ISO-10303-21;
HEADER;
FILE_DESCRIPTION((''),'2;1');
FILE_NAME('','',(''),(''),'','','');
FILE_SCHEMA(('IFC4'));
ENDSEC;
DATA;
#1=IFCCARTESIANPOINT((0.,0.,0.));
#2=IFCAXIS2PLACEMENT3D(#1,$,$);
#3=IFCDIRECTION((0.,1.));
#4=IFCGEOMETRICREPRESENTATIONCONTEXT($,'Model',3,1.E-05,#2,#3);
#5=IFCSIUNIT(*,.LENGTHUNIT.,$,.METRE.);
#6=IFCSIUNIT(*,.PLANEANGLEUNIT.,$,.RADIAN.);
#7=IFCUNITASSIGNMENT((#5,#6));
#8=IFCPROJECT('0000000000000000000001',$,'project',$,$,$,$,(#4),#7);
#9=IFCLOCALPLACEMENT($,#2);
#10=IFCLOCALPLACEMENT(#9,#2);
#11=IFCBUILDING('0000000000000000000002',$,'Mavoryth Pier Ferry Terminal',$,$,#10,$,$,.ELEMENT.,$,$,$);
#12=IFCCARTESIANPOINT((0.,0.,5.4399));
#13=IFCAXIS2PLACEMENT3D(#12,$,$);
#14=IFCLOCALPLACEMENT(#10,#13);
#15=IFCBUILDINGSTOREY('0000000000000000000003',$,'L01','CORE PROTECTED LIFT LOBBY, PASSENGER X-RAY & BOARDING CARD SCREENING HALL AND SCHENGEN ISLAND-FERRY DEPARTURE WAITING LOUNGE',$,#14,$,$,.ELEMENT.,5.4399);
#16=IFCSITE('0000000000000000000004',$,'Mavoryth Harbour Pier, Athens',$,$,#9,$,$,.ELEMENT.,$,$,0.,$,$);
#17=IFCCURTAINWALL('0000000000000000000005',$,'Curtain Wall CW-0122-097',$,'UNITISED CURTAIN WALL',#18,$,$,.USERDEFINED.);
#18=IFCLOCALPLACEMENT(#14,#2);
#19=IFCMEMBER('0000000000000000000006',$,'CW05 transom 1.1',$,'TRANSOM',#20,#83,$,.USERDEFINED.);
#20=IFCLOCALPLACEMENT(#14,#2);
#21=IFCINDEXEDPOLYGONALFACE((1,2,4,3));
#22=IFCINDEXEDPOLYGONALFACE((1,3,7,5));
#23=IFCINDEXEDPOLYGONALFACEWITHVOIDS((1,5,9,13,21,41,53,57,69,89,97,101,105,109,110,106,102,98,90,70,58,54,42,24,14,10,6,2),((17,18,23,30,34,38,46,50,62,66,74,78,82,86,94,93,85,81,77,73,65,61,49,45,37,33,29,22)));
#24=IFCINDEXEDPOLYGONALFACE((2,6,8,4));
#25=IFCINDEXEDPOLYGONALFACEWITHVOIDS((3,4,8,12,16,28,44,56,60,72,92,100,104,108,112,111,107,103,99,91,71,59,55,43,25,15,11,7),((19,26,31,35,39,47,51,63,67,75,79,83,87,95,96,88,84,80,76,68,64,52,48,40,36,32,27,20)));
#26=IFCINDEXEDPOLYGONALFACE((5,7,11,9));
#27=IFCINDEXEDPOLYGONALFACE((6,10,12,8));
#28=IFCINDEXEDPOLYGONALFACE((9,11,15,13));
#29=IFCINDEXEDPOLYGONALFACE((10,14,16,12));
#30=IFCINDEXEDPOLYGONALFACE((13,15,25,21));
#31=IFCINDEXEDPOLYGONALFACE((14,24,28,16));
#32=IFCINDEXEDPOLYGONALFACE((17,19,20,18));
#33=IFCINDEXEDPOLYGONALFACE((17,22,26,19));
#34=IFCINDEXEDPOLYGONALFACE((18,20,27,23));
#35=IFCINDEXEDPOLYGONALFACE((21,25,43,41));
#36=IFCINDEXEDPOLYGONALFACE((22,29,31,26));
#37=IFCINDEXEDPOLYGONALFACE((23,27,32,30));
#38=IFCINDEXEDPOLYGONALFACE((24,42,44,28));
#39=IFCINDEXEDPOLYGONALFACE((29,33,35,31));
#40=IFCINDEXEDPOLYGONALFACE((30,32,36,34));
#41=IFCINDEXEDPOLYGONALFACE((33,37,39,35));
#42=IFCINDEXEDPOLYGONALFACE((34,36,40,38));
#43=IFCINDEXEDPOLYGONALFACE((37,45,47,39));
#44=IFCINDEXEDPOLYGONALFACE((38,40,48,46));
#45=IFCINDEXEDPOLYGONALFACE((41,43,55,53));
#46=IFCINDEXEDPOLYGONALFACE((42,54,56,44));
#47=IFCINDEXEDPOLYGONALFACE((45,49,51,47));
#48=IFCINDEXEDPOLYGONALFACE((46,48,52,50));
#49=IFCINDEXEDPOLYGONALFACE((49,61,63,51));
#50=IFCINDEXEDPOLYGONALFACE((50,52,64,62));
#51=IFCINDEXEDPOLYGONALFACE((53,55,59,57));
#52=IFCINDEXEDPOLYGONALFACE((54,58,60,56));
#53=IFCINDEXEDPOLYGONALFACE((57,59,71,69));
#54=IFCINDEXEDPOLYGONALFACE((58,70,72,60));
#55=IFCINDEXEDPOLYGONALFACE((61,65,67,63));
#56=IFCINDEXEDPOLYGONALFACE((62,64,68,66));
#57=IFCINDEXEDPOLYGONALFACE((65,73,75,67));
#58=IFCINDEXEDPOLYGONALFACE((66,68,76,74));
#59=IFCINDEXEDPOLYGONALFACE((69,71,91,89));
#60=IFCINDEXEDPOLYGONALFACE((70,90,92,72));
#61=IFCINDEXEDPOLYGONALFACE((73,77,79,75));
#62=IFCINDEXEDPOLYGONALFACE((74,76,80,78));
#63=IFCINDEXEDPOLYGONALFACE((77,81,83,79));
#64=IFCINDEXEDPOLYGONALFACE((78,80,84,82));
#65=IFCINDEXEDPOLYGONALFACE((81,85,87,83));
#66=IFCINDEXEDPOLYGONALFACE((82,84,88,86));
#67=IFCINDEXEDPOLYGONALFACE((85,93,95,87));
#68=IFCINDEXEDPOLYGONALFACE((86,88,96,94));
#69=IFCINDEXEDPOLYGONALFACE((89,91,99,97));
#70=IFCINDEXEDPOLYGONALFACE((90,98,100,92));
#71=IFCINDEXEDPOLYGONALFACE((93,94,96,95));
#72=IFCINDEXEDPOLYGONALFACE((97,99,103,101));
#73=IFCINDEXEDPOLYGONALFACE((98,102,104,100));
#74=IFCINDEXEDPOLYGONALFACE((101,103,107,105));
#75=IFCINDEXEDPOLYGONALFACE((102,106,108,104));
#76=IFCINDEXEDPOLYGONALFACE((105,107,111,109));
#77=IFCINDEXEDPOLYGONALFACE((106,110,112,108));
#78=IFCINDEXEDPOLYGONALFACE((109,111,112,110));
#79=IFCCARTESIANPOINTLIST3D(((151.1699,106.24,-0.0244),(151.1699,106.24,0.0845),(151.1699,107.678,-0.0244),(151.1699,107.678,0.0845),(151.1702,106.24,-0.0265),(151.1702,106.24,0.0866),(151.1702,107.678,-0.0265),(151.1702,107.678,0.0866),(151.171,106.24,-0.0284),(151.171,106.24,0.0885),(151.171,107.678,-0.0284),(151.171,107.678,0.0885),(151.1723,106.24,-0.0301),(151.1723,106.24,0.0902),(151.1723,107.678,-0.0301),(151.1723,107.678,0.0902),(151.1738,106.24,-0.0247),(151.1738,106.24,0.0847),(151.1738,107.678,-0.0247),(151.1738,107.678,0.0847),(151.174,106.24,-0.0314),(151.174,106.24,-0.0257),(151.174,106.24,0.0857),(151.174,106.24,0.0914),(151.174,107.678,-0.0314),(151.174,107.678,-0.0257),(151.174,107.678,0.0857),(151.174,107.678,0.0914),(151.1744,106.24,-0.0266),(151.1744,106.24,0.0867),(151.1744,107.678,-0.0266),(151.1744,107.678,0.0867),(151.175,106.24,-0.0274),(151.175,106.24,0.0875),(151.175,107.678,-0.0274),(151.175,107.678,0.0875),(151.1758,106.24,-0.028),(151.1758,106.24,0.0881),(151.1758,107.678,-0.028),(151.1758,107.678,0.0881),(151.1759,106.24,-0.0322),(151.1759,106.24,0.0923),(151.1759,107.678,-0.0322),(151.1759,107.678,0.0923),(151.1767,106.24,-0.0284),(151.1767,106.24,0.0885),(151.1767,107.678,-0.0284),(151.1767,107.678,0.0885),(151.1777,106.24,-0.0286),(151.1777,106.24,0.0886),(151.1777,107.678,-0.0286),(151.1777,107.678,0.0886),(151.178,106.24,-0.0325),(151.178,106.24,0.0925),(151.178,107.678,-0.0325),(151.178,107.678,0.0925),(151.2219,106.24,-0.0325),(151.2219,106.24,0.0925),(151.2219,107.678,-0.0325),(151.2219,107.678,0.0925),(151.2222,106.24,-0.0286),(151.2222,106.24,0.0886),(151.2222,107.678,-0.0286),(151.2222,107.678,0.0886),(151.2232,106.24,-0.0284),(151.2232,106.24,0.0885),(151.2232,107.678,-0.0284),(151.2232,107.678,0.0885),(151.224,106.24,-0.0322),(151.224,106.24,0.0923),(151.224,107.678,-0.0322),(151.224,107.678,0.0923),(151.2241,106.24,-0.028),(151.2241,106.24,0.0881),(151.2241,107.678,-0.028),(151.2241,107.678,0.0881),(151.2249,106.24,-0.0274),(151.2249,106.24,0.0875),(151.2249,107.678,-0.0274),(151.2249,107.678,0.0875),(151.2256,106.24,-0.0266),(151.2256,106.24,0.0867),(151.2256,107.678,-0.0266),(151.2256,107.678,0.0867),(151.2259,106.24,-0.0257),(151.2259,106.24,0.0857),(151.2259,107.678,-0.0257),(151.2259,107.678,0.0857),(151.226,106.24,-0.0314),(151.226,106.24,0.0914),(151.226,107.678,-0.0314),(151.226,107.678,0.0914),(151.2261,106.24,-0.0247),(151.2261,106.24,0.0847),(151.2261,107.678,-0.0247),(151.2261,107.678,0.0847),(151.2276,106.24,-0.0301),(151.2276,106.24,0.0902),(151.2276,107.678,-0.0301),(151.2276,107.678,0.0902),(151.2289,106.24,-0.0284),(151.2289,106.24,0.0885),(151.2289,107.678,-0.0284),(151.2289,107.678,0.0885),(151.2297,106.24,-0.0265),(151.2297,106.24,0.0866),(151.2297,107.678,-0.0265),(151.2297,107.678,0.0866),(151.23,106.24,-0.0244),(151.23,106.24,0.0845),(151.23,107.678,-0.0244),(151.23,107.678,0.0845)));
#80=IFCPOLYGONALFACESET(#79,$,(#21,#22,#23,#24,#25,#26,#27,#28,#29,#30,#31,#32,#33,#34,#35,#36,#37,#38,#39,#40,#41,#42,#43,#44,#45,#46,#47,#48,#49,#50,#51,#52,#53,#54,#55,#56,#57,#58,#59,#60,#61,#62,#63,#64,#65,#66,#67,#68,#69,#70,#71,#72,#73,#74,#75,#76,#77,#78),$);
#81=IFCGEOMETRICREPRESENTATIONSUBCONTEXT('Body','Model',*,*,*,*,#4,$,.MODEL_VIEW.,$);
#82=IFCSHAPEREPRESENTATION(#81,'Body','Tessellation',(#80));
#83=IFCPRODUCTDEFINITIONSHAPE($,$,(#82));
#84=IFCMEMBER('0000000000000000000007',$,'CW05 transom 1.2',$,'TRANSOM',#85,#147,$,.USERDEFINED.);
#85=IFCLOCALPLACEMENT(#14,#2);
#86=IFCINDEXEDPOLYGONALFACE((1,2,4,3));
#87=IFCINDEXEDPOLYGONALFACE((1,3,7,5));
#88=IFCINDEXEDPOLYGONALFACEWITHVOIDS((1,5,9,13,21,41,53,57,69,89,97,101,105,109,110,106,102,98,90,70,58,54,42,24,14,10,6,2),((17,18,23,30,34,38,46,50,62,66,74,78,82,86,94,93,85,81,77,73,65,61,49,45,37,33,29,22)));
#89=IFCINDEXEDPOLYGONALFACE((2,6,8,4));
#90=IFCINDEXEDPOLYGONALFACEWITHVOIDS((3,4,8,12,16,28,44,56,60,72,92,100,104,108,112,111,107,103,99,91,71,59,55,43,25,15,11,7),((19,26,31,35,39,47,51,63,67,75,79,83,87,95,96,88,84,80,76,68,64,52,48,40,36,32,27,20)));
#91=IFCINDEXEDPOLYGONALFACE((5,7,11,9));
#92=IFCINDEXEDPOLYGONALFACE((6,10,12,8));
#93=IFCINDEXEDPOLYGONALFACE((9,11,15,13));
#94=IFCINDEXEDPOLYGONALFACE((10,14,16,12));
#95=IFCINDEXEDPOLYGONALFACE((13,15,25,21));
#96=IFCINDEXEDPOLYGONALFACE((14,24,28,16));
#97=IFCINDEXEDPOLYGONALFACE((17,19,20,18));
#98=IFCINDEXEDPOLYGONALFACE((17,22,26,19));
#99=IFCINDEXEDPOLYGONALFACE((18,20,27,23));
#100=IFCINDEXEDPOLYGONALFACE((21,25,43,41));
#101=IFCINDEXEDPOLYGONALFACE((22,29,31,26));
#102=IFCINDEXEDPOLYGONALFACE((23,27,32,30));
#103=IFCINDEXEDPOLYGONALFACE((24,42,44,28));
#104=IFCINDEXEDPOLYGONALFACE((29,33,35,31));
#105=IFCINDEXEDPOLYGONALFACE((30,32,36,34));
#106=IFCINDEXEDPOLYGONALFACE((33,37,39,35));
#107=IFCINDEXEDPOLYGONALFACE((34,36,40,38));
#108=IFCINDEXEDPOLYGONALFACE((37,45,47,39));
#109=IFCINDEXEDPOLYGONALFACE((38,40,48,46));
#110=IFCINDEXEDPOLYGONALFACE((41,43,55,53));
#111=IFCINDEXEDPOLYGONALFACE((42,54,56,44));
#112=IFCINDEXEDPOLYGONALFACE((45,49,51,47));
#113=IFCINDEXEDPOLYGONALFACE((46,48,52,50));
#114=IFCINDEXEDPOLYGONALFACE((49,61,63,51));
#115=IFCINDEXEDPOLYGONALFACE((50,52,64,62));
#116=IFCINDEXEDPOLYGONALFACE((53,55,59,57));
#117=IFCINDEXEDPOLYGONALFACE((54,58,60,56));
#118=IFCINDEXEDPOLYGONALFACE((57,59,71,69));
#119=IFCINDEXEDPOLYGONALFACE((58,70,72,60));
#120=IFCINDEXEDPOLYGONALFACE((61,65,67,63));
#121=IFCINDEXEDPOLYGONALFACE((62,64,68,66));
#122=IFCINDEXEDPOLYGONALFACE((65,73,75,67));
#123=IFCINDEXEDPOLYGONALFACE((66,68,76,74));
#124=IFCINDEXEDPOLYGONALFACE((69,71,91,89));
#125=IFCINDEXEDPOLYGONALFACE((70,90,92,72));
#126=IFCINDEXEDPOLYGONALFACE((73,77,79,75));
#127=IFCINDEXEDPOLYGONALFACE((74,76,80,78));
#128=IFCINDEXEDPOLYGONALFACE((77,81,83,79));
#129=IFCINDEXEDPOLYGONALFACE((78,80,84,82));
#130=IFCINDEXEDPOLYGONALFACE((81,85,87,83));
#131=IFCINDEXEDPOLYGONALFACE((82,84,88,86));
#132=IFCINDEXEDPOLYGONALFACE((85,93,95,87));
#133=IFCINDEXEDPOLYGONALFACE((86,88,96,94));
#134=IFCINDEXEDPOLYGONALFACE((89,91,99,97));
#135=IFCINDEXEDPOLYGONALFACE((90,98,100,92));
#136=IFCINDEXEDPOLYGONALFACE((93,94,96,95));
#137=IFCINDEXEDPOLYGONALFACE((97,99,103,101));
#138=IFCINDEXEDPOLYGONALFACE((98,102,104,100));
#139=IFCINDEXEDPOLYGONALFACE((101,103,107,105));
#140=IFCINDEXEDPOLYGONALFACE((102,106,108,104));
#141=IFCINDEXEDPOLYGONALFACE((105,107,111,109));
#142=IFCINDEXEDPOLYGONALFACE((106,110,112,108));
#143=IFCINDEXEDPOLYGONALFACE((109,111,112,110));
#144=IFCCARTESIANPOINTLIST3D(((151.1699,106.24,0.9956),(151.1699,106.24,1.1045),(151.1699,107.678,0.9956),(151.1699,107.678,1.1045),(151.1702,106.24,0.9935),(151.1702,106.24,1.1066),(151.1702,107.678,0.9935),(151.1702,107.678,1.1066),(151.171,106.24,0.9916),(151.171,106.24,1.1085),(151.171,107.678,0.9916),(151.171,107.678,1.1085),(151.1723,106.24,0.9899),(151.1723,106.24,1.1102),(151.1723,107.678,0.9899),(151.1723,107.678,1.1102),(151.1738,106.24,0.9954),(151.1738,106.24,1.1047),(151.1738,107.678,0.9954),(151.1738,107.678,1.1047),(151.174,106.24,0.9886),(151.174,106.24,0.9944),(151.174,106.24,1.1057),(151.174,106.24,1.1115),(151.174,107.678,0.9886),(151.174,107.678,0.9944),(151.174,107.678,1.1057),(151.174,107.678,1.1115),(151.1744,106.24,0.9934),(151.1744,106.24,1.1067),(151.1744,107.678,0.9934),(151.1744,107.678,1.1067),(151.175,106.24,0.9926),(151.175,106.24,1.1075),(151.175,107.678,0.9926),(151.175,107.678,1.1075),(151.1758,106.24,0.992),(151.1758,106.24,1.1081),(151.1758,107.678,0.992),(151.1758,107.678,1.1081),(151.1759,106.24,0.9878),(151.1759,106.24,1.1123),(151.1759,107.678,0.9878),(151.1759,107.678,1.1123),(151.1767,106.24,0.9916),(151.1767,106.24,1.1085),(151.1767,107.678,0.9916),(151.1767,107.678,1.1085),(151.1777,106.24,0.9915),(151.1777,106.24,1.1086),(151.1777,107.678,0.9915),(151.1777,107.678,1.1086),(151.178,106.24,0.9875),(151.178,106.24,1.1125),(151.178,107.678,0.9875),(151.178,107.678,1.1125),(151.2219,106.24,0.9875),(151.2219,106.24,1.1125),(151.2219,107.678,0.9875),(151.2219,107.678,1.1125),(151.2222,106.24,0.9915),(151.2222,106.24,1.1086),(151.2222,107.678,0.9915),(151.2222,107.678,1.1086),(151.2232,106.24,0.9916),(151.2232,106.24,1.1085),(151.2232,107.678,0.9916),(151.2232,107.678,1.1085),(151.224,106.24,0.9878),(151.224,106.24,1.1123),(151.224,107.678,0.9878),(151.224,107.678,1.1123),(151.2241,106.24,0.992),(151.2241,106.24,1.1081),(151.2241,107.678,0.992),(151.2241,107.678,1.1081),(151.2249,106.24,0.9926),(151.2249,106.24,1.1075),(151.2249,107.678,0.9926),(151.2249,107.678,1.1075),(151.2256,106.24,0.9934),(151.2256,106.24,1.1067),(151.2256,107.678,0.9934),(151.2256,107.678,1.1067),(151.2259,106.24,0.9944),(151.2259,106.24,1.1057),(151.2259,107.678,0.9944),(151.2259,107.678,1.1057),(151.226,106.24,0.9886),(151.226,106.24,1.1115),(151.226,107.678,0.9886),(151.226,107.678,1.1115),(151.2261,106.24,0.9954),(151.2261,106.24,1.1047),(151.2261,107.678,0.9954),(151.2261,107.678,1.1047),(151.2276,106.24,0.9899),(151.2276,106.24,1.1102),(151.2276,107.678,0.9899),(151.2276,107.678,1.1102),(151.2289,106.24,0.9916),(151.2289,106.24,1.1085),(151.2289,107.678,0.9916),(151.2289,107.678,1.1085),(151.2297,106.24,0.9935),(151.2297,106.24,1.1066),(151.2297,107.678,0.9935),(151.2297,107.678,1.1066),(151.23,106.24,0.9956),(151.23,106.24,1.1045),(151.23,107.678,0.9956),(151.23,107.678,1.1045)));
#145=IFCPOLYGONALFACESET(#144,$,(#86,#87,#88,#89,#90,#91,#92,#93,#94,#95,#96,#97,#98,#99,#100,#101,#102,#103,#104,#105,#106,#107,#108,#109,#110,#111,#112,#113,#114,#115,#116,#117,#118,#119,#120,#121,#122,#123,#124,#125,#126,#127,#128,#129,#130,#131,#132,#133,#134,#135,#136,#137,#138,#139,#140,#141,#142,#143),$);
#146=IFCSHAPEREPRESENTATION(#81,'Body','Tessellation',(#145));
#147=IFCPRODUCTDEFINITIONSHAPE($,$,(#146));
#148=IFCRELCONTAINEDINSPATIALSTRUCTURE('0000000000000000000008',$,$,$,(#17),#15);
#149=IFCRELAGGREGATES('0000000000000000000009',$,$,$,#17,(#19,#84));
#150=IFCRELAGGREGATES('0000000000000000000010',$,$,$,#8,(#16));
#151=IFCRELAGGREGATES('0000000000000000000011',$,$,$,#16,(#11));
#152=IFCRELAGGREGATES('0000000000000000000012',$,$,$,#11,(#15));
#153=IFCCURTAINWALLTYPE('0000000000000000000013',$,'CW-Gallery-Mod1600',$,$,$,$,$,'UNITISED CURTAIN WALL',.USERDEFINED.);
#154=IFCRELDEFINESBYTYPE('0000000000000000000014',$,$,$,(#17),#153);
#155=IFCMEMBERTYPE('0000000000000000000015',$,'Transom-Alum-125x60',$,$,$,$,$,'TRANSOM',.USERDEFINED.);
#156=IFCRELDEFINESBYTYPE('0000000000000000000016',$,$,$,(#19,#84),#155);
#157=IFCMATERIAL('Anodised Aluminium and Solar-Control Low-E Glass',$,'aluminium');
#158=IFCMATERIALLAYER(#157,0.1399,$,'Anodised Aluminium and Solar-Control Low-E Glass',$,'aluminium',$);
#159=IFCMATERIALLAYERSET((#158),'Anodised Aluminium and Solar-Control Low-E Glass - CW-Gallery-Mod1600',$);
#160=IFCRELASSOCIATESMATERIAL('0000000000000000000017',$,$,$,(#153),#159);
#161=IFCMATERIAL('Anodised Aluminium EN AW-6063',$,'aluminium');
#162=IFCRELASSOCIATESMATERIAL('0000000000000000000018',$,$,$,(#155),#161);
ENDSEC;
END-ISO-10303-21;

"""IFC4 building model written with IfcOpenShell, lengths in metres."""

from ifc_helpers import new_model, si_unit, direction, frame, origin, origin_2d, place, context, subcontext, project, spatial, hollow_rectangle, extrude, material, layer, layer_set, material_profile, profile_set, type_object, element, aggregate, save


model = new_model("IFC4")

# Units and contexts
model_context = context("Model", 3, precision=1e-05, world=origin(), true_north=direction((0.0, 1.0)))
body_context = subcontext(model_context, "Body", "Model", "MODEL_VIEW")
ifc_project = project(units=[si_unit("LENGTHUNIT", "METRE"), si_unit("PLANEANGLEUNIT", "RADIAN")], contexts=[model_context])

# Site, building, storey
site_placement = place(None, origin())
site = spatial("IfcSite", under=ifc_project, at=site_placement, Name="Mavoryth Harbour Pier, Athens", CompositionType="ELEMENT", RefElevation=0.0)
building_placement = place(site_placement, origin())
building = spatial("IfcBuilding", under=site, at=building_placement, Name="Mavoryth Pier Ferry Terminal", CompositionType="ELEMENT")
storey_placement = place(building_placement, frame((0.0, 0.0, 5.4399)))
storey = spatial("IfcBuildingStorey", under=building, at=storey_placement, Name="L01", Description="CORE PROTECTED LIFT LOBBY, PASSENGER X-RAY & BOARDING CARD SCREENING HALL AND SCHENGEN ISLAND-FERRY DEPARTURE WAITING LOUNGE", CompositionType="ELEMENT", Elevation=5.4399)

# Curtain wall
ifc_material_1 = material(Name="Anodised Aluminium and Solar-Control Low-E Glass", Category="aluminium")
ifc_layer_1 = layer(ifc_material_1, 0.1399, Name="Anodised Aluminium and Solar-Control Low-E Glass", Category="aluminium")
ifc_layer_set_1 = layer_set([ifc_layer_1], Name="Anodised Aluminium and Solar-Control Low-E Glass - CW-Gallery-Mod1600")
curtain_wall_type = type_object("IfcCurtainWallType", Name="CW-Gallery-Mod1600", ElementType="UNITISED CURTAIN WALL", PredefinedType="USERDEFINED", material=ifc_layer_set_1)
ifc_material_2 = material(Name="Anodised Aluminium EN AW-6063", Category="aluminium")
curtain_wall_1_placement = place(storey_placement, origin())
curtain_wall_1 = element("IfcCurtainWall", 1, at=curtain_wall_1_placement, inside=storey, type_object=curtain_wall_type, Name="Curtain Wall CW-0122-097", ObjectType="UNITISED CURTAIN WALL", PredefinedType="USERDEFINED")

# Members
ifc_material_profile_1 = material_profile(ifc_material_2, hollow_rectangle(XDim=0.0601, YDim=0.125, WallThickness=0.0039, InnerFilletRadius=0.0039, OuterFilletRadius=0.0081, at=origin_2d()), Name="AL-TRAN 125x60x4", Category="aluminium")
ifc_profile_set_1 = profile_set([ifc_material_profile_1], Name="Anodised Aluminium EN AW-6063 - AL-TRAN 125x60x4")
member_type_1 = type_object("IfcMemberType", Name="Transom-Alum-125x60", ElementType="TRANSOM", PredefinedType="USERDEFINED", material=ifc_profile_set_1)
member_1_placement = place(storey_placement, frame((151.2, 106.24, 0.03), z_axis=(0.0, 1.0, 0.0), x_axis=(-1.0, 0.0, 0.0)))
member_1 = element("IfcMember", 2, at=member_1_placement, type_object=member_type_1, Name="CW05 transom 1.1", ObjectType="TRANSOM", PredefinedType="USERDEFINED", context=body_context, shape_type="SweptSolid", body=[
    extrude(hollow_rectangle(XDim=0.0601, YDim=0.125, WallThickness=0.0039, InnerFilletRadius=0.0039, OuterFilletRadius=0.0081, at=origin_2d()), origin(), (0.0, 0.0, 1.0), 1.438),
])
member_2_placement = place(storey_placement, frame((151.2, 106.24, 1.05), z_axis=(0.0, 1.0, 0.0), x_axis=(-1.0, 0.0, 0.0)))
member_2 = element("IfcMember", 3, at=member_2_placement, type_object=member_type_1, Name="CW05 transom 1.2", ObjectType="TRANSOM", PredefinedType="USERDEFINED", context=body_context, shape_type="SweptSolid", body=[
    extrude(hollow_rectangle(XDim=0.0601, YDim=0.125, WallThickness=0.0039, InnerFilletRadius=0.0039, OuterFilletRadius=0.0081, at=origin_2d()), origin(), (0.0, 0.0, 1.0), 1.438),
])

aggregate(curtain_wall_1, [member_1, member_2])

save(model, "model.ifc")
